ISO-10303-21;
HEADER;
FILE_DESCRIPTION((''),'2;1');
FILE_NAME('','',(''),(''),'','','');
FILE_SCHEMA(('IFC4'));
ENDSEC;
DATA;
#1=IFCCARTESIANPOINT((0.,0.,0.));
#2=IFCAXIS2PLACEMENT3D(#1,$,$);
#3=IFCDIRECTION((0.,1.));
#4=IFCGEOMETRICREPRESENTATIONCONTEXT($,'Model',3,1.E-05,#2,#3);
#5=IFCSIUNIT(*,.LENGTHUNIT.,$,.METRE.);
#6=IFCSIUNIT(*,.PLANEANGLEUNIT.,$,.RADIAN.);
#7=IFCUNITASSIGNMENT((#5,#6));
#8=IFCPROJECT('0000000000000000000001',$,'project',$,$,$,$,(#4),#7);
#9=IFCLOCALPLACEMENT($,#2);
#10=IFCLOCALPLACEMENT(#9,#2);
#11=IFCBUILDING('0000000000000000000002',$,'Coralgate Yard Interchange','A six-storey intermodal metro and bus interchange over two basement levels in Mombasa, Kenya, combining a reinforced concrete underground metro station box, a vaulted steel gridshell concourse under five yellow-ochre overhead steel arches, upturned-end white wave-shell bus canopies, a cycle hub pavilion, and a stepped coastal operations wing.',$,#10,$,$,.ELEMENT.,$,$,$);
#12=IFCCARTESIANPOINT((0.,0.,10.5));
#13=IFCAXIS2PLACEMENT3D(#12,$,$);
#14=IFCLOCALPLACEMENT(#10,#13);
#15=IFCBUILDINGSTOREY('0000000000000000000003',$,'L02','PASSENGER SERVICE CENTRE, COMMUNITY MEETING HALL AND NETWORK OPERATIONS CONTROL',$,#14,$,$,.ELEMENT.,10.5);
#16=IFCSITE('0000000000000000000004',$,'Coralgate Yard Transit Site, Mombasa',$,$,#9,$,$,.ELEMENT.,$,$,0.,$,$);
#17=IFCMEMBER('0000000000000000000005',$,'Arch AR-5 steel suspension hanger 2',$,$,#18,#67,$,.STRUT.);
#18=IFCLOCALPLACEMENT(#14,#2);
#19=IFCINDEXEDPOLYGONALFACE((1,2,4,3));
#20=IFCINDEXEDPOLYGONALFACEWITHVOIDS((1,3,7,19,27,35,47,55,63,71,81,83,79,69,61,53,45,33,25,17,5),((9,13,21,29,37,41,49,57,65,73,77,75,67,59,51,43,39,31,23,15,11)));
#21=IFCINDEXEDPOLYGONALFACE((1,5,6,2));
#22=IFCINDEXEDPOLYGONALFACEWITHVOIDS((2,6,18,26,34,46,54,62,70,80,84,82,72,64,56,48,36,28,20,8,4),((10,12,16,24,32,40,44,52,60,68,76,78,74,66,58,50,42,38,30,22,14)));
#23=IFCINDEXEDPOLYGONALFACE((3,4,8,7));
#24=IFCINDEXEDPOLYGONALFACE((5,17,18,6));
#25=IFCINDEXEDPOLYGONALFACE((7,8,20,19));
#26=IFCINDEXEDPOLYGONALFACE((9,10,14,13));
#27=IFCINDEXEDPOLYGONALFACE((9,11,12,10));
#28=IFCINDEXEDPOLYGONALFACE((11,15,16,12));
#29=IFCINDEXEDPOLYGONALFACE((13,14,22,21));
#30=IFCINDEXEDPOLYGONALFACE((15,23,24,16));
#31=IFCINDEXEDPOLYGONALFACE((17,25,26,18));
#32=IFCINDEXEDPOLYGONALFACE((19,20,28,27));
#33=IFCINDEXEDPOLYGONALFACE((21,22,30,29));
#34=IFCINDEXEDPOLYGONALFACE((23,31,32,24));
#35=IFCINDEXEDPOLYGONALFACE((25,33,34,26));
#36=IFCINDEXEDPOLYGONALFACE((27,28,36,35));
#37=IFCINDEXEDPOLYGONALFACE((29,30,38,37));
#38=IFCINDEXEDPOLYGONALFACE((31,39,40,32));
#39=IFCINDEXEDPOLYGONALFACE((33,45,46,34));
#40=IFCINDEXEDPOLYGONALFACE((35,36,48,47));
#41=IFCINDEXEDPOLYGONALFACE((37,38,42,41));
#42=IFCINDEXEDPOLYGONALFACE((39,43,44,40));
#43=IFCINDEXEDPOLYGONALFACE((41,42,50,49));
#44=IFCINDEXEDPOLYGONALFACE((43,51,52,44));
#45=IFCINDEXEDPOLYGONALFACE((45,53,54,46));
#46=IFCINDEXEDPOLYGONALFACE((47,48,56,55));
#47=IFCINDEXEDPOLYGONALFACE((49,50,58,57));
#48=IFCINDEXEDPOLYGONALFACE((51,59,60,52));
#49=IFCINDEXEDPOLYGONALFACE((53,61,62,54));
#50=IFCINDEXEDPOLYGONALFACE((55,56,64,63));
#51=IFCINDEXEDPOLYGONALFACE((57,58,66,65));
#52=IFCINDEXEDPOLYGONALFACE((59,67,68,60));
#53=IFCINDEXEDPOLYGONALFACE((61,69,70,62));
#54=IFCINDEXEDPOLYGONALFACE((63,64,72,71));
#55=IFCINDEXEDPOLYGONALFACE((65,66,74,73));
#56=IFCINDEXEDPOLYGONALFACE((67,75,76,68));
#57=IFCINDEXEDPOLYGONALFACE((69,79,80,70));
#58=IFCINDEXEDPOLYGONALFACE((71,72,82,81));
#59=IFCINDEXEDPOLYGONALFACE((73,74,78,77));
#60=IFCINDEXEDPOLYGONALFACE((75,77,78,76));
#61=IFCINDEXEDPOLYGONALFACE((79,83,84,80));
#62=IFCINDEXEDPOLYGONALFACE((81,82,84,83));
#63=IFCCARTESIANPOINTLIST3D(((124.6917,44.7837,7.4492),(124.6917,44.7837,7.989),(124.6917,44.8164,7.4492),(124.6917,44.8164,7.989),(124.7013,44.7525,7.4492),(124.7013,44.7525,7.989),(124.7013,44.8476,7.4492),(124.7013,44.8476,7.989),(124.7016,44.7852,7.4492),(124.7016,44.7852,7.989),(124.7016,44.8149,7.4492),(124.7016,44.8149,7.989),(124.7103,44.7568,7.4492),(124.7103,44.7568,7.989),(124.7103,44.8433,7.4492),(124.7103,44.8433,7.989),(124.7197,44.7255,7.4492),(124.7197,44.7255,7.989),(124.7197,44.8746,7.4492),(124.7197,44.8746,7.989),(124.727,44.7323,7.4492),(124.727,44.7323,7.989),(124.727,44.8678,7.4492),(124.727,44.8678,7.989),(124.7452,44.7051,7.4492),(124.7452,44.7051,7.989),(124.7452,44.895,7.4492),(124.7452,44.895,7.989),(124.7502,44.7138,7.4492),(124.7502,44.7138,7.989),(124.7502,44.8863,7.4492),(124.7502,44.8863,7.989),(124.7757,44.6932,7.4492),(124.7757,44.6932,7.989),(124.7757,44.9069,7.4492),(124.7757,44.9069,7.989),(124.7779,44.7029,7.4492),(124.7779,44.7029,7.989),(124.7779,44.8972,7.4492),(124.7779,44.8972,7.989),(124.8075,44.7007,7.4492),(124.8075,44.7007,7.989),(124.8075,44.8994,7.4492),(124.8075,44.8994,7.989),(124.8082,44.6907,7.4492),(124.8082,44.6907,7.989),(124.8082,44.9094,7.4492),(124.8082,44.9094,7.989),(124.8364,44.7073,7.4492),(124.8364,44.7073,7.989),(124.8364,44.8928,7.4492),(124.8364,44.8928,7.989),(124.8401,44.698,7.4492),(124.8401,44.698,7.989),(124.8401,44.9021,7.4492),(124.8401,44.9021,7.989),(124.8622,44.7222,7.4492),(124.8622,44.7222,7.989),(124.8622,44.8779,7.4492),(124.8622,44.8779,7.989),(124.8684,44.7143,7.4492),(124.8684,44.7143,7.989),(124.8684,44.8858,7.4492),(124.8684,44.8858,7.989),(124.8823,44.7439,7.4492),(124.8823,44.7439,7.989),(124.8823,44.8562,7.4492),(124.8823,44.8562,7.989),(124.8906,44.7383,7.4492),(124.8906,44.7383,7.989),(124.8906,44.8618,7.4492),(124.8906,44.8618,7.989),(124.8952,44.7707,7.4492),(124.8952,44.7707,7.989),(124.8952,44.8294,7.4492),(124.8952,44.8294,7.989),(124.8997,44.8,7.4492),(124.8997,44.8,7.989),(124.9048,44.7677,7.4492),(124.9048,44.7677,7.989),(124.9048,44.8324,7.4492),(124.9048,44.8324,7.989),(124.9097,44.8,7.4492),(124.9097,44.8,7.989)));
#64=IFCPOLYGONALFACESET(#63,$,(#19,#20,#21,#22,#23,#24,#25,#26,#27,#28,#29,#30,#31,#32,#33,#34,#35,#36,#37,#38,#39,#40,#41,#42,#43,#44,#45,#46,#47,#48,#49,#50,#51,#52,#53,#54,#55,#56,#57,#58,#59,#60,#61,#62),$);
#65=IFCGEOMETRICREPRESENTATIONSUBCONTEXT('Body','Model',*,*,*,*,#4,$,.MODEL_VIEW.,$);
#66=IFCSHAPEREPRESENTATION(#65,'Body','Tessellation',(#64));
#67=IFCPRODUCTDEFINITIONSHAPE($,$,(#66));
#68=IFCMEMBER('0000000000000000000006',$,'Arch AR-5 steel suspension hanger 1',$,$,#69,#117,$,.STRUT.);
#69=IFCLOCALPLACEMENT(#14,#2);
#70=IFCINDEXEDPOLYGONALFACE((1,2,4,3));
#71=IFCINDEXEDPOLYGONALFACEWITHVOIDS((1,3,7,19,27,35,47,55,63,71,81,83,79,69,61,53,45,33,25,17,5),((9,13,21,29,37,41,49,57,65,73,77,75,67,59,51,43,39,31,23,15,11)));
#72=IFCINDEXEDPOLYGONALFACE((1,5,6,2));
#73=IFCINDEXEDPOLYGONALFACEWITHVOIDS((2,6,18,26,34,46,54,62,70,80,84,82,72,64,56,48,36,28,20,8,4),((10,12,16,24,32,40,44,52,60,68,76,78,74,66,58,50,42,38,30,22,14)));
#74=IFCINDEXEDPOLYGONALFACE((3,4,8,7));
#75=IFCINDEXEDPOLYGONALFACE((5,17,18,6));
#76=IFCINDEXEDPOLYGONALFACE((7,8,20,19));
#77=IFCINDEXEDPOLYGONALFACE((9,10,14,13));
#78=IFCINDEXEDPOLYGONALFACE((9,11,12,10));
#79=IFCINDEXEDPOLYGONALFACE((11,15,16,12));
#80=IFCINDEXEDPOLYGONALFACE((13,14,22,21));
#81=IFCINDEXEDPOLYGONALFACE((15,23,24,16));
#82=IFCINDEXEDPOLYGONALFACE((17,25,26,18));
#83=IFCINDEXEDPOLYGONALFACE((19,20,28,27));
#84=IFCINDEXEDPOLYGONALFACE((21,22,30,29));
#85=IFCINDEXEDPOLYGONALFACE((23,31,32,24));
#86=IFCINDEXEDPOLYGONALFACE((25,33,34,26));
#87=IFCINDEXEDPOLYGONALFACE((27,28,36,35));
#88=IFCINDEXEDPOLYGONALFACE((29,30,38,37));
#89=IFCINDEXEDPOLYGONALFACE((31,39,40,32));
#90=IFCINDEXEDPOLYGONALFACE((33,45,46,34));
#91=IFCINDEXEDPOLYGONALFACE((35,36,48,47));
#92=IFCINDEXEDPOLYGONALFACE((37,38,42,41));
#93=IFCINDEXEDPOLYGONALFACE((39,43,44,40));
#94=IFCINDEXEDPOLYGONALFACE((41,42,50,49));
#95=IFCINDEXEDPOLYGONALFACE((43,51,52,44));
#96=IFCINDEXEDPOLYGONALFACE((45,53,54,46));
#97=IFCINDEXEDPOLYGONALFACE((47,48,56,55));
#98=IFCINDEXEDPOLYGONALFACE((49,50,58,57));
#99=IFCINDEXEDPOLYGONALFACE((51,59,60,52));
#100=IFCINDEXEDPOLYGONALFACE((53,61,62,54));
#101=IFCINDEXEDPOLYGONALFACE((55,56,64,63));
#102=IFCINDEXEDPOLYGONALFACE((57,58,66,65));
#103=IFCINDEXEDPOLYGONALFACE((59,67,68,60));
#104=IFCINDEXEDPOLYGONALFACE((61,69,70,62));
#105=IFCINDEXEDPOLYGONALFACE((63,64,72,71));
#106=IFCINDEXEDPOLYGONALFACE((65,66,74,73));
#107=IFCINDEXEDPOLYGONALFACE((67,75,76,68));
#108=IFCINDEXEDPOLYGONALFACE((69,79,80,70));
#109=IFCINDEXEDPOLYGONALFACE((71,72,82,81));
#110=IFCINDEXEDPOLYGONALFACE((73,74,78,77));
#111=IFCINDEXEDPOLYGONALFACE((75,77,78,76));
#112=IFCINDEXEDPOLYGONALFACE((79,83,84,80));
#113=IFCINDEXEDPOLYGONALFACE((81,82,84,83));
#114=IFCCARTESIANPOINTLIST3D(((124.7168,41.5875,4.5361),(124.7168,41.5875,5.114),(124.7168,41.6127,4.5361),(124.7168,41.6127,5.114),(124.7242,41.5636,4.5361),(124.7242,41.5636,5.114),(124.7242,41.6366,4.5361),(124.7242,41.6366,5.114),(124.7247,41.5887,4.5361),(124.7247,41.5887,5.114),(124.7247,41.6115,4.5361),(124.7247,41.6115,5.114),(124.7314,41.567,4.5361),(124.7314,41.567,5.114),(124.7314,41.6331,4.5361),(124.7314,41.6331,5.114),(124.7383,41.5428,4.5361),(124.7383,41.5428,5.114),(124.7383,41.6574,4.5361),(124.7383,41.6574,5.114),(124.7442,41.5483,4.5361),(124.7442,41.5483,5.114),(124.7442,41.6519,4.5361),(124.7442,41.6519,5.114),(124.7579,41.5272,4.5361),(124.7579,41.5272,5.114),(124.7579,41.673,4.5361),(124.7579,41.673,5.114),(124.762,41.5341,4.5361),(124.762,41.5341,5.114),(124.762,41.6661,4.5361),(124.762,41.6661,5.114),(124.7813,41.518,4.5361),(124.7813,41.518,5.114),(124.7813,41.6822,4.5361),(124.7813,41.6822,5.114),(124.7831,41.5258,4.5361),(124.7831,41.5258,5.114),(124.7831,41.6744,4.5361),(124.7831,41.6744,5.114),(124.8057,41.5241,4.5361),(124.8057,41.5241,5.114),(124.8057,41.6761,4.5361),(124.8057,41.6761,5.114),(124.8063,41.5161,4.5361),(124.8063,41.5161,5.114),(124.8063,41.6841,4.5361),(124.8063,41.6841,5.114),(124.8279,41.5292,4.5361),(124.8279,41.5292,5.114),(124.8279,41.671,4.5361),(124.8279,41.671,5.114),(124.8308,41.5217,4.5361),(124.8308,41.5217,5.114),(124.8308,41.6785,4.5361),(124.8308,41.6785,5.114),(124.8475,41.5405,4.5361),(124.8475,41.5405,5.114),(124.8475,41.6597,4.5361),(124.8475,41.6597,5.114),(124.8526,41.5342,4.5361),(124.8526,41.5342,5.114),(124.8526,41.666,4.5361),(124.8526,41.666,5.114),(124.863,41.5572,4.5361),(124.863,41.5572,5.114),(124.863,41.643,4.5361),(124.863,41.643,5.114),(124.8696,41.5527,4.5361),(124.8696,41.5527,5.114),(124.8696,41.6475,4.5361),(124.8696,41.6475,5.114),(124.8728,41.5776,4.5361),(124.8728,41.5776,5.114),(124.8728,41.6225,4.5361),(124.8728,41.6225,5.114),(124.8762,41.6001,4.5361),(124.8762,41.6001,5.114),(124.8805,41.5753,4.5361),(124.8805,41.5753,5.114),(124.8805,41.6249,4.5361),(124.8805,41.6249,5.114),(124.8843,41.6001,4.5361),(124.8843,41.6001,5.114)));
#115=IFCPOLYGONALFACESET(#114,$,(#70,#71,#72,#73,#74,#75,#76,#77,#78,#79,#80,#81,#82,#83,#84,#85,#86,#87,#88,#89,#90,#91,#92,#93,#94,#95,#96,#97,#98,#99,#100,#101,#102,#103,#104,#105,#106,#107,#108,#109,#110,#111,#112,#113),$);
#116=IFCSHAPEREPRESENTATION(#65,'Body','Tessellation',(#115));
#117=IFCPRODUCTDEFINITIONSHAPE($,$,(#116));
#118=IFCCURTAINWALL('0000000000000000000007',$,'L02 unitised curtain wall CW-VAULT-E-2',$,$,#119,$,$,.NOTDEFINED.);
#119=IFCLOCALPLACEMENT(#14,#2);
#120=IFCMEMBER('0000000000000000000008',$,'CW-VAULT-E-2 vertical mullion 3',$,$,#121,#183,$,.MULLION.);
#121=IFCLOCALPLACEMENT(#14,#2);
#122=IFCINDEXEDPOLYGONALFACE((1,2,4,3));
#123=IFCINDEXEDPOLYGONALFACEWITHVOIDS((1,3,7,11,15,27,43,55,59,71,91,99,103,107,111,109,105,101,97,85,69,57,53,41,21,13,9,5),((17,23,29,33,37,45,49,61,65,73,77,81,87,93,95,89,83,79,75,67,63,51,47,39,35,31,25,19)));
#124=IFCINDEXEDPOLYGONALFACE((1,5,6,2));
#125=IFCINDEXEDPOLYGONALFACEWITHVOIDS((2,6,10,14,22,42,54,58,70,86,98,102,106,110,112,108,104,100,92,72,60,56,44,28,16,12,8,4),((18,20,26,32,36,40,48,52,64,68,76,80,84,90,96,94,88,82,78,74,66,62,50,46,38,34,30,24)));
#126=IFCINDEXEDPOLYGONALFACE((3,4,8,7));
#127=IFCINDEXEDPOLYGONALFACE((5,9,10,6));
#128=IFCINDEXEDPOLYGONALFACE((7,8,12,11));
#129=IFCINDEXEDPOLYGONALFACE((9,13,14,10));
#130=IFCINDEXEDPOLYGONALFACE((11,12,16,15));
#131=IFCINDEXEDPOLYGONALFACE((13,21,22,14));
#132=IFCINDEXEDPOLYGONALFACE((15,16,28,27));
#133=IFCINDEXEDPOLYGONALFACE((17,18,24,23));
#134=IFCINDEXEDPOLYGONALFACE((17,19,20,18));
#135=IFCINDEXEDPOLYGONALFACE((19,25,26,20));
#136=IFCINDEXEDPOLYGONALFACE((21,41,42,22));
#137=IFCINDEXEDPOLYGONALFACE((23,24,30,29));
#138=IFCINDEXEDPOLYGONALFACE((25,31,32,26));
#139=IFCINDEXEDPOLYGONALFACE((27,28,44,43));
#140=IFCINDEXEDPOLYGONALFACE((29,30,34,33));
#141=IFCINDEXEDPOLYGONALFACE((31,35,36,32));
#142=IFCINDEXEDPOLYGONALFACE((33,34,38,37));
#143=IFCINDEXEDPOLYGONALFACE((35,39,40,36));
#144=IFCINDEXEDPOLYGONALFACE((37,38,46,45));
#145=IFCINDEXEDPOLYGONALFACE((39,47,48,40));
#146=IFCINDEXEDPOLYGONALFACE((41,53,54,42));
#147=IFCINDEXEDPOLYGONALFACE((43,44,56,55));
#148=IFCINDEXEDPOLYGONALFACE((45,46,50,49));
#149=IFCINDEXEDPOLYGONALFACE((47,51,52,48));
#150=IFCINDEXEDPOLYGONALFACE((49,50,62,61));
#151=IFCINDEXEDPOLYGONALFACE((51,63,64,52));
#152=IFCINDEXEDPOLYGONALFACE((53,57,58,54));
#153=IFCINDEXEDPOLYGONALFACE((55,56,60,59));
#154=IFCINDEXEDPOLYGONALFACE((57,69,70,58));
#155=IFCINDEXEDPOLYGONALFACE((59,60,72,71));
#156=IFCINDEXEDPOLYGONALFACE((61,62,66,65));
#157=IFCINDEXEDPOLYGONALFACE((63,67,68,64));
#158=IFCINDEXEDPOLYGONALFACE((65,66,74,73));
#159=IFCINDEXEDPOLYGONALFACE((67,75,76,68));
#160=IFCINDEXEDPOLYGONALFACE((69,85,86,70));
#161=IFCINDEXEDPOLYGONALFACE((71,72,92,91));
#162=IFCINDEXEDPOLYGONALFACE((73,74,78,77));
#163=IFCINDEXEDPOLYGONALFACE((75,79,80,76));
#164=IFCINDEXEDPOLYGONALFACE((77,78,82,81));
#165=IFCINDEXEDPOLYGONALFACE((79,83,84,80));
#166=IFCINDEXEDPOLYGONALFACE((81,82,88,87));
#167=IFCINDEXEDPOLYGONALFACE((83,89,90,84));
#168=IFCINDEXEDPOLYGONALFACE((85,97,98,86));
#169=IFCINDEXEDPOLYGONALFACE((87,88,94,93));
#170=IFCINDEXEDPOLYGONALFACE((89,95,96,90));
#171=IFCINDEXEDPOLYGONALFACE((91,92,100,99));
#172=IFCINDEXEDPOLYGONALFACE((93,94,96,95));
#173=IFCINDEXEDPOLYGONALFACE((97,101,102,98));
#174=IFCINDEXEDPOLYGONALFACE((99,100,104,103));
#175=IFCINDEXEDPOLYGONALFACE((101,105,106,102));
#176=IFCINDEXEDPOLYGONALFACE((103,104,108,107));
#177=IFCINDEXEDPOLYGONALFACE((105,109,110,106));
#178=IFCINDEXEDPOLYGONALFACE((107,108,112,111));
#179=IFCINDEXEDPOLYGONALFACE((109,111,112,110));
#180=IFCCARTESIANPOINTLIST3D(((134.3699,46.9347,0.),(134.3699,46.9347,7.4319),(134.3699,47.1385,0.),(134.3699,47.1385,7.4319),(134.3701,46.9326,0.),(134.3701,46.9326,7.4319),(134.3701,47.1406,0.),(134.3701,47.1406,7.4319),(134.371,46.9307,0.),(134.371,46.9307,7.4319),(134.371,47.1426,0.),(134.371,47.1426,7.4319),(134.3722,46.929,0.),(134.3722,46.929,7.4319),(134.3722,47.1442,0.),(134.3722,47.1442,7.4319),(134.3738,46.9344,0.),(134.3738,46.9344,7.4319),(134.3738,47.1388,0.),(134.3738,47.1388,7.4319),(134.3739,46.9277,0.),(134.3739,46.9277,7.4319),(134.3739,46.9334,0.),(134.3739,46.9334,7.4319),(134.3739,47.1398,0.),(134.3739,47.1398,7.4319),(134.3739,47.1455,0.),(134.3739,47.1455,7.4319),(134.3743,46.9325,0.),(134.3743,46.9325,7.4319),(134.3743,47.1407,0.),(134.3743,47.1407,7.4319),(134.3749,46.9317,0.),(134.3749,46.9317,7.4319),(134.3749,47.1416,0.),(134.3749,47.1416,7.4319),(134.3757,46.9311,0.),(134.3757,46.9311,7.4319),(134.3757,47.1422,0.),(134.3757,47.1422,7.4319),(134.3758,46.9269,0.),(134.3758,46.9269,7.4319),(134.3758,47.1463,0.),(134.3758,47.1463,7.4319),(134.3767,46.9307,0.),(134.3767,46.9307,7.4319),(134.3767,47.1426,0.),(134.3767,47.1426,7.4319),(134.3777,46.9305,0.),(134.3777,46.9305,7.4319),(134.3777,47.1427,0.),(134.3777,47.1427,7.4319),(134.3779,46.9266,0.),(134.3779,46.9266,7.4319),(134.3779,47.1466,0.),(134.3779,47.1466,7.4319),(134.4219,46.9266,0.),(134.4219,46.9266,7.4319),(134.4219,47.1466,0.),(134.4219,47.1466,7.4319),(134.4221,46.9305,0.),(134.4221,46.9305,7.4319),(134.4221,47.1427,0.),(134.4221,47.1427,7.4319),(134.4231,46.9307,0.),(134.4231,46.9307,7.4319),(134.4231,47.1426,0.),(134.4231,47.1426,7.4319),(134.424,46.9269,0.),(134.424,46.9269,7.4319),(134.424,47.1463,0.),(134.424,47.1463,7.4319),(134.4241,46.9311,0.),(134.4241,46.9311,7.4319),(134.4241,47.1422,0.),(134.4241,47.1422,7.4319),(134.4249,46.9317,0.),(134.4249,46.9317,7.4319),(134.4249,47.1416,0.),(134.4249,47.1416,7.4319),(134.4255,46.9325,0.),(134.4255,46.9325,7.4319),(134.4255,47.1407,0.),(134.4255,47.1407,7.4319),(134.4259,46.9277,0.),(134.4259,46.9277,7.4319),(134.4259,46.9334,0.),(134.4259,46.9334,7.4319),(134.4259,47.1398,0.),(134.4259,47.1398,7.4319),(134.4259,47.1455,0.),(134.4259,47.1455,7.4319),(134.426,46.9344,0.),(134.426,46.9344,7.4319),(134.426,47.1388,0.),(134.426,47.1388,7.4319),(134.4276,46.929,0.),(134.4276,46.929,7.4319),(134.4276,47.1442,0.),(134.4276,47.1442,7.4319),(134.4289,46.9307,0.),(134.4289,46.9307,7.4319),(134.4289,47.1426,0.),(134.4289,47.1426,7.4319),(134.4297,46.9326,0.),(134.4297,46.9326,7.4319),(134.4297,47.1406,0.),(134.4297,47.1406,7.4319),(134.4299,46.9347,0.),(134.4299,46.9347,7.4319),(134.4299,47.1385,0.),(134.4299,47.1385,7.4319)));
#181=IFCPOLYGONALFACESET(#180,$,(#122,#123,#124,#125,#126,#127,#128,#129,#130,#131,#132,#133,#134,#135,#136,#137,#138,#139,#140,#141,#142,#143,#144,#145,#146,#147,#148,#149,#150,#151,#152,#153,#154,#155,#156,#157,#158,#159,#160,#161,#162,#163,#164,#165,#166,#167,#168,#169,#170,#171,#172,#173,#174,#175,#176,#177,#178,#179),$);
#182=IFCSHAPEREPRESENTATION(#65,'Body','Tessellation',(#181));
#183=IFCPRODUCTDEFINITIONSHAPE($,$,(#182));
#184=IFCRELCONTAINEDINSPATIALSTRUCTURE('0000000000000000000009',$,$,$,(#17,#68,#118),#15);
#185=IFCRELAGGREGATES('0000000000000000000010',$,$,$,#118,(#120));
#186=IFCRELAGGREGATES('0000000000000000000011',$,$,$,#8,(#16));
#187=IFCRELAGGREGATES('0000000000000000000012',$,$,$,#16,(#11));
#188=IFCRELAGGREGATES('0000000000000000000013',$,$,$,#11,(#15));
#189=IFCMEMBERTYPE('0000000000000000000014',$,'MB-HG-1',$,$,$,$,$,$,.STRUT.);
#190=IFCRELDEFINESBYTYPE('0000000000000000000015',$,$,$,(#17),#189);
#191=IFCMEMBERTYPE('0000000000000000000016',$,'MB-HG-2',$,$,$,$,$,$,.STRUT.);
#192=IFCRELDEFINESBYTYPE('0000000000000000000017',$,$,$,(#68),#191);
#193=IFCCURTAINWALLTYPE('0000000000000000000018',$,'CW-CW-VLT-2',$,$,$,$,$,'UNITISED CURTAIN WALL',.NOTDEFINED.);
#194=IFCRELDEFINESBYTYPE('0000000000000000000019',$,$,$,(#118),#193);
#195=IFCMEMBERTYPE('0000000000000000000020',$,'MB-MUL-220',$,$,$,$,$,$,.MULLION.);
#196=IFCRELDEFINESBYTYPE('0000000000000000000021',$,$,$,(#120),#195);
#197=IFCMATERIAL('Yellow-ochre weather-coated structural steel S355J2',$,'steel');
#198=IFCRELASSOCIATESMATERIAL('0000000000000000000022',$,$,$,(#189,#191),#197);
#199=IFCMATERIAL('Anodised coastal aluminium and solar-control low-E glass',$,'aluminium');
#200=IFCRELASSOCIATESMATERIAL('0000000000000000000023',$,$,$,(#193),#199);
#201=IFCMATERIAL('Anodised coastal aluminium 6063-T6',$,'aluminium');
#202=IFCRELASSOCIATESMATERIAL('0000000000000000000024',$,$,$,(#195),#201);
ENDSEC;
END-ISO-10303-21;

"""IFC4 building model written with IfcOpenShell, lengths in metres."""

from ifc_helpers import new_model, si_unit, direction, frame, origin, origin_2d, place, context, subcontext, project, spatial, hollow_rectangle, hollow_circle, extrude, material, material_profile, profile_set, type_object, element, aggregate, save


model = new_model("IFC4")

# Units and contexts
model_context = context("Model", 3, precision=1e-05, world=origin(), true_north=direction((0.0, 1.0)))
body_context = subcontext(model_context, "Body", "Model", "MODEL_VIEW")
ifc_project = project(units=[si_unit("LENGTHUNIT", "METRE"), si_unit("PLANEANGLEUNIT", "RADIAN")], contexts=[model_context])

# Site, building, storey
site_placement = place(None, origin())
site = spatial("IfcSite", under=ifc_project, at=site_placement, Name="Coralgate Yard Transit Site, Mombasa", CompositionType="ELEMENT", RefElevation=0.0)
building_placement = place(site_placement, origin())
building = spatial("IfcBuilding", under=site, at=building_placement, Name="Coralgate Yard Interchange", Description="A six-storey intermodal metro and bus interchange over two basement levels in Mombasa, Kenya, combining a reinforced concrete underground metro station box, a vaulted steel gridshell concourse under five yellow-ochre overhead steel arches, upturned-end white wave-shell bus canopies, a cycle hub pavilion, and a stepped coastal operations wing.", CompositionType="ELEMENT")
storey_placement = place(building_placement, frame((0.0, 0.0, 10.5)))
storey = spatial("IfcBuildingStorey", under=building, at=storey_placement, Name="L02", Description="PASSENGER SERVICE CENTRE, COMMUNITY MEETING HALL AND NETWORK OPERATIONS CONTROL", CompositionType="ELEMENT", Elevation=10.5)

# Shared definitions
ifc_material_1 = material(Name="Yellow-ochre weather-coated structural steel S355J2", Category="steel")

# Members
ifc_material_profile_1 = material_profile(ifc_material_1, hollow_circle(Radius=0.1096, WallThickness=0.01, at=origin_2d()), Name="CHS 219.1x10")
ifc_profile_set_1 = profile_set([ifc_material_profile_1], Name="Yellow-ochre weather-coated structural steel S355J2")
member_type_1 = type_object("IfcMemberType", Name="MB-HG-1", PredefinedType="STRUT", material=ifc_profile_set_1)
member_1_placement = place(storey_placement, frame((124.8, 44.8, 7.4492), z_axis=(0.0, 0.0, 1.0), x_axis=(1.0, 0.0, 0.0)))
element("IfcMember", 1, at=member_1_placement, inside=storey, type_object=member_type_1, Name="Arch AR-5 steel suspension hanger 2", PredefinedType="STRUT", context=body_context, shape_type="SweptSolid", body=[
    extrude(hollow_circle(Radius=0.1096, WallThickness=0.01, at=origin_2d()), origin(), (0.0, 0.0, 1.0), 0.5398),
])
ifc_material_profile_2 = material_profile(ifc_material_1, hollow_circle(Radius=0.0842, WallThickness=0.0081, at=origin_2d()), Name="CHS 168.3x8")
ifc_profile_set_2 = profile_set([ifc_material_profile_2], Name="Yellow-ochre weather-coated structural steel S355J2")
member_type_2 = type_object("IfcMemberType", Name="MB-HG-2", PredefinedType="STRUT", material=ifc_profile_set_2)
member_2_placement = place(storey_placement, frame((124.8, 41.6001, 4.5361), z_axis=(0.0, 0.0, 1.0), x_axis=(1.0, 0.0, 0.0)))
element("IfcMember", 2, at=member_2_placement, inside=storey, type_object=member_type_2, Name="Arch AR-5 steel suspension hanger 1", PredefinedType="STRUT", context=body_context, shape_type="SweptSolid", body=[
    extrude(hollow_circle(Radius=0.0842, WallThickness=0.0081, at=origin_2d()), origin(), (0.0, 0.0, 1.0), 0.5779),
])

# Curtain wall, member
ifc_material_2 = material(Name="Anodised coastal aluminium and solar-control low-E glass", Category="aluminium")
curtain_wall_type = type_object("IfcCurtainWallType", Name="CW-CW-VLT-2", ElementType="UNITISED CURTAIN WALL", PredefinedType="NOTDEFINED", material=ifc_material_2)
curtain_wall_placement = place(storey_placement, origin())
curtain_wall = element("IfcCurtainWall", 3, at=curtain_wall_placement, inside=storey, type_object=curtain_wall_type, Name="L02 unitised curtain wall CW-VAULT-E-2", PredefinedType="NOTDEFINED")
ifc_material_3 = material(Name="Anodised coastal aluminium 6063-T6", Category="aluminium")
ifc_material_profile_3 = material_profile(ifc_material_3, hollow_rectangle(XDim=0.0601, YDim=0.22, WallThickness=0.0039, InnerFilletRadius=0.0039, OuterFilletRadius=0.0081, at=origin_2d()), Name="ALU 60x220x4")
ifc_profile_set_3 = profile_set([ifc_material_profile_3], Name="Anodised coastal aluminium 6063-T6")
member_type_3 = type_object("IfcMemberType", Name="MB-MUL-220", PredefinedType="MULLION", material=ifc_profile_set_3)
member_3_placement = place(storey_placement, frame((134.3999, 47.0366, 0.0), z_axis=(0.0, 0.0, 1.0), x_axis=(1.0, 0.0, 0.0)))
member_3 = element("IfcMember", 4, at=member_3_placement, type_object=member_type_3, Name="CW-VAULT-E-2 vertical mullion 3", PredefinedType="MULLION", context=body_context, shape_type="SweptSolid", body=[
    extrude(hollow_rectangle(XDim=0.0601, YDim=0.22, WallThickness=0.0039, InnerFilletRadius=0.0039, OuterFilletRadius=0.0081, at=origin_2d()), origin(), (0.0, 0.0, 1.0), 7.4319),
])

aggregate(curtain_wall, [member_3])

save(model, "model.ifc")
